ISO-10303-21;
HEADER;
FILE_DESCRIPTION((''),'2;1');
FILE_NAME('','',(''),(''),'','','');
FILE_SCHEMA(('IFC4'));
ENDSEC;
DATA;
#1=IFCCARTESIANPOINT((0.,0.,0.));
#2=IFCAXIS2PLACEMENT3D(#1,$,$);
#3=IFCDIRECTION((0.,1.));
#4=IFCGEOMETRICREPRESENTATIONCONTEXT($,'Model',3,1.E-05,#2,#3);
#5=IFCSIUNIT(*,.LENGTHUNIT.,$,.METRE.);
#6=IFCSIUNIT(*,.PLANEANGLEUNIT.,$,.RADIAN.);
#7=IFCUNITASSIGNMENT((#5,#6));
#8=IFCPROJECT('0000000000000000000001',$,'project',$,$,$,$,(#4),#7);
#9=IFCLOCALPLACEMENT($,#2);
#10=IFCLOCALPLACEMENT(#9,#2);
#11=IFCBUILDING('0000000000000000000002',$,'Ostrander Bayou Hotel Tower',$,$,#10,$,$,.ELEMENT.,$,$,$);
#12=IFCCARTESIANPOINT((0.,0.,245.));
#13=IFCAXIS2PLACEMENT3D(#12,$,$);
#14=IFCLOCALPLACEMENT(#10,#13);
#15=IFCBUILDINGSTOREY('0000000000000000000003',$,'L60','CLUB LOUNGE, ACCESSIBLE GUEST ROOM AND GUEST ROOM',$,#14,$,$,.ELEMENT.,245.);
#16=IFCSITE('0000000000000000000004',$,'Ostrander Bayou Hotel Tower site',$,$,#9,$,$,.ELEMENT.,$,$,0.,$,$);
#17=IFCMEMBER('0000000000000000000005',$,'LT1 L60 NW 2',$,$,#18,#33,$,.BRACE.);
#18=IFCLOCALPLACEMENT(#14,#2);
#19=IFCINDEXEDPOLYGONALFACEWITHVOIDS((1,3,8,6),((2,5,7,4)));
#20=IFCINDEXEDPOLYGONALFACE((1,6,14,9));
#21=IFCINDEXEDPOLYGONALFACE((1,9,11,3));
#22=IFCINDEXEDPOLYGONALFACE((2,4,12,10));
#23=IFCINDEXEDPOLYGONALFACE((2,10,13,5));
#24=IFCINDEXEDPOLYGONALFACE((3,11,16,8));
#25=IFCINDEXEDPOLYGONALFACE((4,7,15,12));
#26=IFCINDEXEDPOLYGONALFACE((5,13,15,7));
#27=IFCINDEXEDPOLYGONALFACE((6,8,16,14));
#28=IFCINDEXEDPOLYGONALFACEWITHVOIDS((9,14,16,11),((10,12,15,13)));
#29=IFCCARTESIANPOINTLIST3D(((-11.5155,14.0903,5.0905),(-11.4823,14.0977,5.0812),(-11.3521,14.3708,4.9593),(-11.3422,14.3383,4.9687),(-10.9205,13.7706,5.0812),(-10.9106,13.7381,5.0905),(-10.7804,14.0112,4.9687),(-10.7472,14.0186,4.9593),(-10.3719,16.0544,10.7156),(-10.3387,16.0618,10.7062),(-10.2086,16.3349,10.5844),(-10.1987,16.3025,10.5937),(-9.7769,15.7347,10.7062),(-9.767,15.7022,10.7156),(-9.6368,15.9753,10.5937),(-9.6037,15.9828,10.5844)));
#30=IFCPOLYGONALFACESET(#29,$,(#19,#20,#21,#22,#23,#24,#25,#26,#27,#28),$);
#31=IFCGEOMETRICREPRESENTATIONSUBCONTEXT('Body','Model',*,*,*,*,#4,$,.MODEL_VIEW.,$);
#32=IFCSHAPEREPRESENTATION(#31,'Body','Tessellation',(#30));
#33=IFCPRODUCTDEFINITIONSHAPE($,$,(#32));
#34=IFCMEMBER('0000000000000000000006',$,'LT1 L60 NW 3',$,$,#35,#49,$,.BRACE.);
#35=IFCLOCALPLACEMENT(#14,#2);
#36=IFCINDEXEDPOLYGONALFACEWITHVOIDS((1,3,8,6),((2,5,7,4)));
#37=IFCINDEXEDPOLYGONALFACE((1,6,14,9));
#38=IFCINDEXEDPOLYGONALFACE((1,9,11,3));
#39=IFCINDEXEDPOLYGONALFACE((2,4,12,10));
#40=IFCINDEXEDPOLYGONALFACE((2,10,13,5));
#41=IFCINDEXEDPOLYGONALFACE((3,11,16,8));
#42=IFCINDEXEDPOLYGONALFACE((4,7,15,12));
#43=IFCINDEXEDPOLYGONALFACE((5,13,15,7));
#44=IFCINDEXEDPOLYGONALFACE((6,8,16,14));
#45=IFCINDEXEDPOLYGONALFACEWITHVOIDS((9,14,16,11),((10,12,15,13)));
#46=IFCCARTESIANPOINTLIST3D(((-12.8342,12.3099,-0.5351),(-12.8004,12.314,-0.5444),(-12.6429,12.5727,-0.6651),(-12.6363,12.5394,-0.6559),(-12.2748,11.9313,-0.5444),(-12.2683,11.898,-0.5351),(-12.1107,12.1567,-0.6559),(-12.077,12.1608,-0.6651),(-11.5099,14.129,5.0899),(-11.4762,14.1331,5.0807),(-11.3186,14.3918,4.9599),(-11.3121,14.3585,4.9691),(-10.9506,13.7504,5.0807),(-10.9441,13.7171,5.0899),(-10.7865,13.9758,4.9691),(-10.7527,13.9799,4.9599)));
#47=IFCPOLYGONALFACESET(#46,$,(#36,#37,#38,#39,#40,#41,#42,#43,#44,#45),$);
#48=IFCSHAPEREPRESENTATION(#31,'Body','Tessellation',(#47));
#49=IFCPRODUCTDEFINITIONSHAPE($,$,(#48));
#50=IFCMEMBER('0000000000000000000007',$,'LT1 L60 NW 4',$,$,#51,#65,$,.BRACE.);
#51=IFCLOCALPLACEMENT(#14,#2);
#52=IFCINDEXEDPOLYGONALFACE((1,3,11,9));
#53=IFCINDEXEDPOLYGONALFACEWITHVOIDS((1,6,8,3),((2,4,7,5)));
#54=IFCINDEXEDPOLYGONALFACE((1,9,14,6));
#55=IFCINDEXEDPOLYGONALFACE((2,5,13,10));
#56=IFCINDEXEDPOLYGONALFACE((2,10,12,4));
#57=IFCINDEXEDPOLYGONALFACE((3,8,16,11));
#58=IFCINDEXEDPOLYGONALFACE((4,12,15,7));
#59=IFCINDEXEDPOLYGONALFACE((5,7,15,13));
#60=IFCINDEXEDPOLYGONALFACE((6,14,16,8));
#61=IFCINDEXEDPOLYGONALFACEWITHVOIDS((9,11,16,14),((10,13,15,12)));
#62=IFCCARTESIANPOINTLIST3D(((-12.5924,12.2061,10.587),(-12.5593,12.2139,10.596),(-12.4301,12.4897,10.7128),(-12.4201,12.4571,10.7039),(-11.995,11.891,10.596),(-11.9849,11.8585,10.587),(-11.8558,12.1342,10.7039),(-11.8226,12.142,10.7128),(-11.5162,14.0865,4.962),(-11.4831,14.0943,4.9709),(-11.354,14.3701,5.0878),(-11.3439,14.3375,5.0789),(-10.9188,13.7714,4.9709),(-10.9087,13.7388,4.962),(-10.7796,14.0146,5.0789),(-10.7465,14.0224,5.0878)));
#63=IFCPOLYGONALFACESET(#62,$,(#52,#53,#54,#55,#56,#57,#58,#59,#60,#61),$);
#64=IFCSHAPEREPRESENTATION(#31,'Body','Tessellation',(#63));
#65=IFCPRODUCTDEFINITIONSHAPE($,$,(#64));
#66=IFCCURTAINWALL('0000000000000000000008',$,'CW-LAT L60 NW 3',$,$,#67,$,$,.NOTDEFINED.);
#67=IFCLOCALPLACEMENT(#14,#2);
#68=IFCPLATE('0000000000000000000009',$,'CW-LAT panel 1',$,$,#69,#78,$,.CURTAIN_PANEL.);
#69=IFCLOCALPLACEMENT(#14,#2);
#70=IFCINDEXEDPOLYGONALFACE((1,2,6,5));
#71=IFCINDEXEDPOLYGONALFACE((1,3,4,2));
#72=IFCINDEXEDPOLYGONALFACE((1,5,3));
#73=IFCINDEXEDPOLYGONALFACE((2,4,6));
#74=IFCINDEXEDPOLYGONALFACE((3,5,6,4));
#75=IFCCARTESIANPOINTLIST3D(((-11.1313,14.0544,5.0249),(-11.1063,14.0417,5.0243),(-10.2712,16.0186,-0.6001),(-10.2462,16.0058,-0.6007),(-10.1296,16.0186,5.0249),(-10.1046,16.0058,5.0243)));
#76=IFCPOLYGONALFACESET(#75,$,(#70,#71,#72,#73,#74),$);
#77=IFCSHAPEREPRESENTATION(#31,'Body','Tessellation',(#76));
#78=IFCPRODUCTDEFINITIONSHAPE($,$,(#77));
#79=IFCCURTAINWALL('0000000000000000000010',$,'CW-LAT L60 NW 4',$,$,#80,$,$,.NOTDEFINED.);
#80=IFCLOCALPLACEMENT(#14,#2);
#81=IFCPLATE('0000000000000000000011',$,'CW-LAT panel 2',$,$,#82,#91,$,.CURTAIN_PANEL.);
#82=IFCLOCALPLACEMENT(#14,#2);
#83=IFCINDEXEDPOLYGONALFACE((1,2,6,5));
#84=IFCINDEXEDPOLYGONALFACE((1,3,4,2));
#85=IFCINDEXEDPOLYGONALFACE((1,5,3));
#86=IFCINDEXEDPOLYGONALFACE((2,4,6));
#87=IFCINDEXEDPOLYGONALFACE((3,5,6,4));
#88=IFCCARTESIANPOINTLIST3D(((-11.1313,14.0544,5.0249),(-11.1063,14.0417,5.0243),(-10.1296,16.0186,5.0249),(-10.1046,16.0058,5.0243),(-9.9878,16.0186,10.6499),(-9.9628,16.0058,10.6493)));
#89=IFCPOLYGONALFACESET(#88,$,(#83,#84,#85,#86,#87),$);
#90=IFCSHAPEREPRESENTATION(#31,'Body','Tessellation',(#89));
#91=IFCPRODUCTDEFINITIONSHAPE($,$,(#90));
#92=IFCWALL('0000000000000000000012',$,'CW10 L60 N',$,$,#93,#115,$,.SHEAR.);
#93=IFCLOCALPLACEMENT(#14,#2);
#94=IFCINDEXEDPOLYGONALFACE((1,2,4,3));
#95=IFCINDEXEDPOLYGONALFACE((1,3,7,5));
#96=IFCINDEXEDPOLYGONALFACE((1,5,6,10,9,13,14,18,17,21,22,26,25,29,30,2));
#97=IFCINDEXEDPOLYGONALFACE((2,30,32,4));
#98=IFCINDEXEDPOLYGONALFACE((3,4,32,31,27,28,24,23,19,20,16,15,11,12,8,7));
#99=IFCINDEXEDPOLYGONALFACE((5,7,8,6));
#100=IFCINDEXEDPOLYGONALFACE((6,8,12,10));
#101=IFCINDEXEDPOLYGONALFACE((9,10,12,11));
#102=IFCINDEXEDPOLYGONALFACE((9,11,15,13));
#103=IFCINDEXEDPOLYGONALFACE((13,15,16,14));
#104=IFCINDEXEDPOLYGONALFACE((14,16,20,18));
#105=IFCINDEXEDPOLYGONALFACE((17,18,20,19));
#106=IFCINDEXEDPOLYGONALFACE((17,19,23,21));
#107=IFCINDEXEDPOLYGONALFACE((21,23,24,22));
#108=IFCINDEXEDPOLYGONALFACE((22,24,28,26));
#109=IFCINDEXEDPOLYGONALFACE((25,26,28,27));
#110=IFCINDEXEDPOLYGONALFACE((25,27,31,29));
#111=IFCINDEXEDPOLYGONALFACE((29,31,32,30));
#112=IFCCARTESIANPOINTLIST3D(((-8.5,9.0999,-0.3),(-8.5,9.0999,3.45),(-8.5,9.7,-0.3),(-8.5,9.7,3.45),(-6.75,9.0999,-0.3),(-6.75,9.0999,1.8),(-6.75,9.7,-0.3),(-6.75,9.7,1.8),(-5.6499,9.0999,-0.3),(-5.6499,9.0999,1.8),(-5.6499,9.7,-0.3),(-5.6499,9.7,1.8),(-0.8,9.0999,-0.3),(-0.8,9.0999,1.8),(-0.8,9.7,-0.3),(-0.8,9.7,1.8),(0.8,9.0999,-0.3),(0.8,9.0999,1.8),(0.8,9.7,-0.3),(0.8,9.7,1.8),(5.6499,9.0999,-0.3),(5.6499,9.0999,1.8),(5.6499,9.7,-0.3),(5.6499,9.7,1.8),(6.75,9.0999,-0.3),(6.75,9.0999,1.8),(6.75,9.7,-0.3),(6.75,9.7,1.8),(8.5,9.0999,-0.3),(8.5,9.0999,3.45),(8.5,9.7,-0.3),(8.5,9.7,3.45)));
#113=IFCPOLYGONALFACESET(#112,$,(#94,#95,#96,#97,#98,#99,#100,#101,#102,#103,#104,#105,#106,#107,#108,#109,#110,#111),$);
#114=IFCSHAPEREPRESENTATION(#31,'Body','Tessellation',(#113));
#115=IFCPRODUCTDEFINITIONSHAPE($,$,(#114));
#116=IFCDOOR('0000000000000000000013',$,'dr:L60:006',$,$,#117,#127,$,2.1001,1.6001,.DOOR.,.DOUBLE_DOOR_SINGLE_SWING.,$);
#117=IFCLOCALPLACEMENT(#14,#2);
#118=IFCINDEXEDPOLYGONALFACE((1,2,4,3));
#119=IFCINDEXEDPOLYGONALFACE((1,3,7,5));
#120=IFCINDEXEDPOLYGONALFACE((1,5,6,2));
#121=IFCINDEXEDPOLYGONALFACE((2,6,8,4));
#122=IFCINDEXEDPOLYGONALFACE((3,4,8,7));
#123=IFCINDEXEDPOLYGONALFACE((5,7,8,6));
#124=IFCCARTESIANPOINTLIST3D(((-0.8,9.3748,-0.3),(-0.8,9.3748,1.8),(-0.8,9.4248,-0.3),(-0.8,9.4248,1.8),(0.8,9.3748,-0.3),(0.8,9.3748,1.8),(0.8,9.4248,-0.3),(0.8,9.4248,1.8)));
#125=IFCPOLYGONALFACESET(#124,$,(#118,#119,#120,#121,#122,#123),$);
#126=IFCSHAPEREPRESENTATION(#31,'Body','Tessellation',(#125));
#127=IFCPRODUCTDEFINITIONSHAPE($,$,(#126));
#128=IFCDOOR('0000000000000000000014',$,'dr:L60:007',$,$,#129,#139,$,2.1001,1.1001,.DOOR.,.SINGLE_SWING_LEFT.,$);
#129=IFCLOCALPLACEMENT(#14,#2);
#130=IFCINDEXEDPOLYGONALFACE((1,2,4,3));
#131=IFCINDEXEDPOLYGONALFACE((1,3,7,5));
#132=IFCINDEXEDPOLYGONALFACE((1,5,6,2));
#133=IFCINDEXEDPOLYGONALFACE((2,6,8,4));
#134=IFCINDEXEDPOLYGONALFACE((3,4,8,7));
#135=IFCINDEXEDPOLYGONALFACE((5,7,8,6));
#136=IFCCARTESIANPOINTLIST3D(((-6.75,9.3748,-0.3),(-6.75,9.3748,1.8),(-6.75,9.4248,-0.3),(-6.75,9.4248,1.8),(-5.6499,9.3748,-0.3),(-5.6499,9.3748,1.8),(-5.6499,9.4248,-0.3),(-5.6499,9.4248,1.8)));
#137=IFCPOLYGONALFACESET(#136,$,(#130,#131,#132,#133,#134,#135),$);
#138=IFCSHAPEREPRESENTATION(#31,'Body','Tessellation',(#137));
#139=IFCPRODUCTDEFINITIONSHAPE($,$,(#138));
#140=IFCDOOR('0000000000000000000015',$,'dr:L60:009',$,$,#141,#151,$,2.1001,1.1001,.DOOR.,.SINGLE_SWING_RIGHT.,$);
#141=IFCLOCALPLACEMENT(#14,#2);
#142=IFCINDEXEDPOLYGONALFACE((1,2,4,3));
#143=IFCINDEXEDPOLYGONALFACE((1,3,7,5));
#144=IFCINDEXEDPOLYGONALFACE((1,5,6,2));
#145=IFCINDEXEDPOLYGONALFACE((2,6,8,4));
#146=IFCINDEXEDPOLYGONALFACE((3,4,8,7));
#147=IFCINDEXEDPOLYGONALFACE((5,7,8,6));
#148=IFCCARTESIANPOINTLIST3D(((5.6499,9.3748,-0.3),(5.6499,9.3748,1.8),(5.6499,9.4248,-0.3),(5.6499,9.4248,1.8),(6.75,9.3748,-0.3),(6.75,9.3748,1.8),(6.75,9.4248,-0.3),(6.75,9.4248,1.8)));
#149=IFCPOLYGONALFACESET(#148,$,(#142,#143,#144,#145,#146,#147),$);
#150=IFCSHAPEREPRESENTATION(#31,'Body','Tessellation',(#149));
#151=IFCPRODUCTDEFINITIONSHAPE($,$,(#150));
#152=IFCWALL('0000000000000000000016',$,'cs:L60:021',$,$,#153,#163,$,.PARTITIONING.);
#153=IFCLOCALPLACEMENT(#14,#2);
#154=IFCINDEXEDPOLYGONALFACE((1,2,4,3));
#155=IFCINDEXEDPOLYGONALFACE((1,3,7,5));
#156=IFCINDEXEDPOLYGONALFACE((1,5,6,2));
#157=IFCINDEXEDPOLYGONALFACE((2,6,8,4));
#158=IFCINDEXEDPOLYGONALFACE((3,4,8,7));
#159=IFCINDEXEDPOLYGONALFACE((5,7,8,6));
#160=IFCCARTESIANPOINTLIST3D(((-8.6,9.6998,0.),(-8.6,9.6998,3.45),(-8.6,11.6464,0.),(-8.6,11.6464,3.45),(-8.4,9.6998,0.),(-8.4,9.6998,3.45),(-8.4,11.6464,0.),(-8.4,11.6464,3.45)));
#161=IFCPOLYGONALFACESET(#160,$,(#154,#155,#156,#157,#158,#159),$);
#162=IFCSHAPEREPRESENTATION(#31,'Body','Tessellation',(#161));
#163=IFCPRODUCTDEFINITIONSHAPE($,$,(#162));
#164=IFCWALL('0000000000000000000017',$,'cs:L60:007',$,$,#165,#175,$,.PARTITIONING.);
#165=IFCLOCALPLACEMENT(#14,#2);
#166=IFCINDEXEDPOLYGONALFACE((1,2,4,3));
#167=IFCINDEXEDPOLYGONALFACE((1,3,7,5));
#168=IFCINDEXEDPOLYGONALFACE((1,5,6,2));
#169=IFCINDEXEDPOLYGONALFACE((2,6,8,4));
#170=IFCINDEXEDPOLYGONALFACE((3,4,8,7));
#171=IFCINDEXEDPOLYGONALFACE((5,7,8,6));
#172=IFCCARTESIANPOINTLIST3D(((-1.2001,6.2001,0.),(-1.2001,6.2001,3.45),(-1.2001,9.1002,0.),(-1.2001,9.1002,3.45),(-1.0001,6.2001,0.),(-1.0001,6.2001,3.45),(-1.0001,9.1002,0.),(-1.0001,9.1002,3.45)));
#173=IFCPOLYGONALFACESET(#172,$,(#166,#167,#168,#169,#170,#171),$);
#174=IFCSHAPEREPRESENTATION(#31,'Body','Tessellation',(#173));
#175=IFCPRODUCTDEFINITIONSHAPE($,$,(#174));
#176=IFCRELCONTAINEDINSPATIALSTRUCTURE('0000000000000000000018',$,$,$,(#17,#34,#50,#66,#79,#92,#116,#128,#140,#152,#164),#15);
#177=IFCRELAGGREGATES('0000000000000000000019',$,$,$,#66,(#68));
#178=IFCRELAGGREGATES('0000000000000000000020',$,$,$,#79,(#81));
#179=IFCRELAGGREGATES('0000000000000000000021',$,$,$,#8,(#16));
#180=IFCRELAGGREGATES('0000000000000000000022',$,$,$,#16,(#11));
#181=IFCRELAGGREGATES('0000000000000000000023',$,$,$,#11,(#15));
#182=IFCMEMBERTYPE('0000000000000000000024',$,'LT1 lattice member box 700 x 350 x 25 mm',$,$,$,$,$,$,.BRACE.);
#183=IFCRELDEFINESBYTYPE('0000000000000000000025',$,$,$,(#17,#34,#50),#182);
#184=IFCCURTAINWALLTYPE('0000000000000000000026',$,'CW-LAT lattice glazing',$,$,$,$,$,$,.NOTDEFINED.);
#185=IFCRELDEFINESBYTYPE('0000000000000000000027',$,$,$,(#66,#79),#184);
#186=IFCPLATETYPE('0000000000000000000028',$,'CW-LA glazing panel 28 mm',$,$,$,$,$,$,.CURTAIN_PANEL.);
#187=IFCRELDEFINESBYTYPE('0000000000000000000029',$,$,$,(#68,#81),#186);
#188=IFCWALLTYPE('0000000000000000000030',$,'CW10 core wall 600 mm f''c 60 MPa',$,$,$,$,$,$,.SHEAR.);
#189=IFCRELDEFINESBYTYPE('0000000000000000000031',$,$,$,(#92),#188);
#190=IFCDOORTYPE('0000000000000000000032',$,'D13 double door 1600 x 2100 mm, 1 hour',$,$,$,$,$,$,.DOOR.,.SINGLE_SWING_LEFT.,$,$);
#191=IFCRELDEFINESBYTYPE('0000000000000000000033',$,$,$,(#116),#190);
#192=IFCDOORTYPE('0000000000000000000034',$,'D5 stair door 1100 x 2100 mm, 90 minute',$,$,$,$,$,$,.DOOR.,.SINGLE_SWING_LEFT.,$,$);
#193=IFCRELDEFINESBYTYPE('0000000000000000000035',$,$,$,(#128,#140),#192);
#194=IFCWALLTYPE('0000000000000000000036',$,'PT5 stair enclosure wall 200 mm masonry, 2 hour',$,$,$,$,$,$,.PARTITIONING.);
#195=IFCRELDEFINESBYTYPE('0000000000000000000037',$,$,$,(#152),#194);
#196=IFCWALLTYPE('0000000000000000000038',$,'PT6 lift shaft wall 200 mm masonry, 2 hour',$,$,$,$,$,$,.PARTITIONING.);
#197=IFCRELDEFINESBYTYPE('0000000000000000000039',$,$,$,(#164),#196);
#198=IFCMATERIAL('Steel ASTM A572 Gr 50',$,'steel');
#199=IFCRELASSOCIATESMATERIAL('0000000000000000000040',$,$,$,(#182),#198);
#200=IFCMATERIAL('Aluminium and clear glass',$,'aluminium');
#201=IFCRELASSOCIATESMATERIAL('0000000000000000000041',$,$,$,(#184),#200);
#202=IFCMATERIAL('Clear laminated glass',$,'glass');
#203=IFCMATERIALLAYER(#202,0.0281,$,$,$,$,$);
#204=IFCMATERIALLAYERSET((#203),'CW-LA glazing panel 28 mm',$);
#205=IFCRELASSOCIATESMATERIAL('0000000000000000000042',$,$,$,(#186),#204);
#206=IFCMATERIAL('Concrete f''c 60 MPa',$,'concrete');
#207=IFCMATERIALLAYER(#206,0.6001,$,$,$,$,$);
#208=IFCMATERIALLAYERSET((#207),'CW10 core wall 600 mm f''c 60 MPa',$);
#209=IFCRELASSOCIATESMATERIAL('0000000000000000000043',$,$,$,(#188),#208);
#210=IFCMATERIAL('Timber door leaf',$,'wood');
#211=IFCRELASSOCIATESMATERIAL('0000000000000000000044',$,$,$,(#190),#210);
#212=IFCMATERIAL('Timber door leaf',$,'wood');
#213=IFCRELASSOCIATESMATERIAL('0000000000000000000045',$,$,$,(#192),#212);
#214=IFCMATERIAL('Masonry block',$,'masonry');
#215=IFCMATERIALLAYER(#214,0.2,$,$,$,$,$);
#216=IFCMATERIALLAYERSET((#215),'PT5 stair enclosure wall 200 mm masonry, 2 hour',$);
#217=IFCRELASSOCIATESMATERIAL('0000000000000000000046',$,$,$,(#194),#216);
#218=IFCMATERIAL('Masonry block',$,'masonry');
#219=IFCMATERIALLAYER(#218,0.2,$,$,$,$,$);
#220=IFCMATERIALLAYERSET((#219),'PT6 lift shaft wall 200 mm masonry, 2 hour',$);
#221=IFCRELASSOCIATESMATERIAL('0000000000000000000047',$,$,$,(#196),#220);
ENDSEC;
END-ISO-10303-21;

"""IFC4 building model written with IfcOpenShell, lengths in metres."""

from ifc_helpers import new_model, si_unit, direction, frame, frame_2d, origin, origin_2d, place, context, subcontext, project, spatial, polyline, rectangle, hollow_rectangle, outline, extrude, material, layer, layer_set, material_profile, profile_set, type_object, element, fill, aggregate, save


model = new_model("IFC4")

# Units and contexts
model_context = context("Model", 3, precision=1e-05, world=origin(), true_north=direction((0.0, 1.0)))
body_context = subcontext(model_context, "Body", "Model", "MODEL_VIEW")
ifc_project = project(units=[si_unit("LENGTHUNIT", "METRE"), si_unit("PLANEANGLEUNIT", "RADIAN")], contexts=[model_context])

# Site, building, storey
site_placement = place(None, origin())
site = spatial("IfcSite", under=ifc_project, at=site_placement, Name="Ostrander Bayou Hotel Tower site", CompositionType="ELEMENT", RefElevation=0.0)
building_placement = place(site_placement, origin())
building = spatial("IfcBuilding", under=site, at=building_placement, Name="Ostrander Bayou Hotel Tower", CompositionType="ELEMENT")
storey_placement = place(building_placement, frame((0.0, 0.0, 245.0)))
storey = spatial("IfcBuildingStorey", under=building, at=storey_placement, Name="L60", Description="CLUB LOUNGE, ACCESSIBLE GUEST ROOM AND GUEST ROOM", CompositionType="ELEMENT", Elevation=245.0)

# Members
ifc_material_1 = material(Name="Steel ASTM A572 Gr 50", Category="steel")
ifc_material_profile = material_profile(ifc_material_1, hollow_rectangle(XDim=0.7, YDim=0.3501, WallThickness=0.0249, at=origin_2d()))
ifc_profile_set = profile_set([ifc_material_profile], Name="Steel ASTM A572 Gr 50")
member_type = type_object("IfcMemberType", Name="LT1 lattice member box 700 x 350 x 25 mm", PredefinedType="BRACE", material=ifc_profile_set)
member_1_placement = place(storey_placement, frame((-11.1313, 14.0544, 5.0249), z_axis=(0.188494, 0.323747, 0.927177), x_axis=(-0.864195, 0.503156, 0.0)))
element("IfcMember", 1, at=member_1_placement, inside=storey, type_object=member_type, Name="LT1 L60 NW 2", PredefinedType="BRACE", context=body_context, shape_type="SweptSolid", body=[
    extrude(hollow_rectangle(XDim=0.7, YDim=0.3501, WallThickness=0.0249, at=origin_2d()), origin(), (0.0, 0.0, 1.0), 6.0669),
])
member_2_placement = place(storey_placement, frame((-11.1313, 14.0544, 5.0249), z_axis=(-0.218578, -0.300263, -0.928475), x_axis=(0.808473, -0.588533, 0.0)))
element("IfcMember", 2, at=member_2_placement, inside=storey, type_object=member_type, Name="LT1 L60 NW 3", PredefinedType="BRACE", context=body_context, shape_type="SweptSolid", body=[
    extrude(hollow_rectangle(XDim=0.7, YDim=0.3501, WallThickness=0.0249, at=origin_2d()), origin(), (0.0, 0.0, 1.0), 6.0583),
])
member_3_placement = place(storey_placement, frame((-11.1313, 14.0544, 5.0249), z_axis=(-0.178534, -0.311949, 0.933174), x_axis=(0.86791, -0.496721, 0.0)))
element("IfcMember", 3, at=member_3_placement, inside=storey, type_object=member_type, Name="LT1 L60 NW 4", PredefinedType="BRACE", context=body_context, shape_type="SweptSolid", body=[
    extrude(hollow_rectangle(XDim=0.7, YDim=0.3501, WallThickness=0.0249, at=origin_2d()), origin(), (0.0, 0.0, 1.0), 6.0278),
])

# Curtain walls, plates
ifc_material_2 = material(Name="Aluminium and clear glass", Category="aluminium")
curtain_wall_type = type_object("IfcCurtainWallType", Name="CW-LAT lattice glazing", PredefinedType="NOTDEFINED", material=ifc_material_2)
curtain_wall_1_placement = place(storey_placement, origin())
curtain_wall_1 = element("IfcCurtainWall", 4, at=curtain_wall_1_placement, inside=storey, type_object=curtain_wall_type, Name="CW-LAT L60 NW 3", PredefinedType="NOTDEFINED")
ifc_material_3 = material(Name="Clear laminated glass", Category="glass")
ifc_layer_1 = layer(ifc_material_3, 0.0281)
ifc_layer_set_1 = layer_set([ifc_layer_1], Name="CW-LA glazing panel 28 mm")
plate_type = type_object("IfcPlateType", Name="CW-LA glazing panel 28 mm", PredefinedType="CURTAIN_PANEL", material=ifc_layer_set_1)
plate_1_placement = place(storey_placement, frame((-11.1313, 14.0544, 5.0249), z_axis=(-0.890609, 0.454216, 0.02242), x_axis=(0.142879, 0.326274, -0.934414)))
plate_1 = element("IfcPlate", 5, at=plate_1_placement, type_object=plate_type, Name="CW-LAT panel 1", PredefinedType="CURTAIN_PANEL", context=body_context, shape_type="SweptSolid", body=[
    extrude(outline(polyline([(0.0, 0.0), (6.0198, 0.0), (0.784, -2.0607), (0.0, 0.0)])), origin(), (0.0, 0.0, -1.0), 0.0281),
])
aggregate(curtain_wall_1, [plate_1])
curtain_wall_2_placement = place(storey_placement, origin())
curtain_wall_2 = element("IfcCurtainWall", 6, at=curtain_wall_2_placement, inside=storey, type_object=curtain_wall_type, Name="CW-LAT L60 NW 4", PredefinedType="NOTDEFINED")
plate_2_placement = place(storey_placement, frame((-11.1313, 14.0544, 5.0249), z_axis=(-0.890609, 0.454216, 0.022458), x_axis=(0.188494, 0.323747, 0.927177)))
plate_2 = element("IfcPlate", 7, at=plate_2_placement, type_object=plate_type, Name="CW-LAT panel 2", PredefinedType="CURTAIN_PANEL", context=body_context, shape_type="SweptSolid", body=[
    extrude(outline(polyline([(0.0, 0.0), (6.0668, 0.0), (0.8247, 2.0448), (0.0, 0.0)])), origin(), (0.0, 0.0, -1.0), 0.0281),
])
aggregate(curtain_wall_2, [plate_2])

# Wall, openings, doors
ifc_material_4 = material(Name="Concrete f'c 60 MPa", Category="concrete")
ifc_layer_2 = layer(ifc_material_4, 0.6001)
ifc_layer_set_2 = layer_set([ifc_layer_2], Name="CW10 core wall 600 mm f'c 60 MPa")
wall_type_1 = type_object("IfcWallType", Name="CW10 core wall 600 mm f'c 60 MPa", PredefinedType="SHEAR", material=ifc_layer_set_2)
wall_1_placement = place(storey_placement, frame((-8.5, 9.3999, -0.3), z_axis=(0.0, 0.0, 1.0), x_axis=(1.0, 0.0, 0.0)))
wall_1 = element("IfcWall", 8, at=wall_1_placement, inside=storey, type_object=wall_type_1, Name="CW10 L60 N", PredefinedType="SHEAR", context=body_context, shape_type="SweptSolid", body=[
    extrude(rectangle(XDim=17.0, YDim=0.6001, at=frame_2d((8.5, 0.0))), origin(), (0.0, 0.0, 1.0), 3.75),
])
opening_1_placement = place(wall_1_placement, frame((7.7, 0.0, 0.0)))
opening_1 = element("IfcOpeningElement", 9, at=opening_1_placement, cuts=wall_1, PredefinedType="OPENING", context=body_context, shape_type="SweptSolid", body=[
    extrude(rectangle(XDim=1.6001, YDim=2.1001, at=frame_2d((0.8, 1.05))), frame((0.0, 0.3, 0.0), z_axis=(0.0, -1.0, 0.0), x_axis=(1.0, 0.0, 0.0)), (0.0, 0.0, 1.0), 0.6001),
])
opening_2_placement = place(wall_1_placement, frame((1.75, 0.0, 0.0)))
opening_2 = element("IfcOpeningElement", 10, at=opening_2_placement, cuts=wall_1, PredefinedType="OPENING", context=body_context, shape_type="SweptSolid", body=[
    extrude(rectangle(XDim=1.1001, YDim=2.1001, at=frame_2d((0.55, 1.05))), frame((0.0, 0.3, 0.0), z_axis=(0.0, -1.0, 0.0), x_axis=(1.0, 0.0, 0.0)), (0.0, 0.0, 1.0), 0.6001),
])
opening_3_placement = place(wall_1_placement, frame((14.1499, 0.0, 0.0)))
opening_3 = element("IfcOpeningElement", 11, at=opening_3_placement, cuts=wall_1, PredefinedType="OPENING", context=body_context, shape_type="SweptSolid", body=[
    extrude(rectangle(XDim=1.1001, YDim=2.1001, at=frame_2d((0.55, 1.05))), frame((0.0, 0.3, 0.0), z_axis=(0.0, -1.0, 0.0), x_axis=(1.0, 0.0, 0.0)), (0.0, 0.0, 1.0), 0.6001),
])
ifc_material_5 = material(Name="Timber door leaf", Category="wood")
door_type_1 = type_object("IfcDoorType", Name="D13 double door 1600 x 2100 mm, 1 hour", OperationType="SINGLE_SWING_LEFT", PredefinedType="DOOR", material=ifc_material_5)
door_1_placement = place(opening_1_placement, origin())
door_1 = element("IfcDoor", 12, at=door_1_placement, inside=storey, type_object=door_type_1, Name="dr:L60:006", OperationType="DOUBLE_DOOR_SINGLE_SWING", OverallHeight=2.1001, OverallWidth=1.6001, PredefinedType="DOOR", context=body_context, shape_type="SweptSolid", body=[
    extrude(rectangle(XDim=1.6001, YDim=2.1001, at=frame_2d((0.8, 1.05))), frame((0.0, 0.0249, 0.0), z_axis=(0.0, -1.0, 0.0), x_axis=(1.0, 0.0, 0.0)), (0.0, 0.0, 1.0), 0.05),
])
fill(opening_1, door_1)
ifc_material_6 = material(Name="Timber door leaf", Category="wood")
door_type_2 = type_object("IfcDoorType", Name="D5 stair door 1100 x 2100 mm, 90 minute", OperationType="SINGLE_SWING_LEFT", PredefinedType="DOOR", material=ifc_material_6)
door_2_placement = place(opening_2_placement, origin())
door_2 = element("IfcDoor", 13, at=door_2_placement, inside=storey, type_object=door_type_2, Name="dr:L60:007", OperationType="SINGLE_SWING_LEFT", OverallHeight=2.1001, OverallWidth=1.1001, PredefinedType="DOOR", context=body_context, shape_type="SweptSolid", body=[
    extrude(rectangle(XDim=1.1001, YDim=2.1001, at=frame_2d((0.55, 1.05))), frame((0.0, 0.0249, 0.0), z_axis=(0.0, -1.0, 0.0), x_axis=(1.0, 0.0, 0.0)), (0.0, 0.0, 1.0), 0.05),
])
fill(opening_2, door_2)
door_3_placement = place(opening_3_placement, origin())
door_3 = element("IfcDoor", 14, at=door_3_placement, inside=storey, type_object=door_type_2, Name="dr:L60:009", OperationType="SINGLE_SWING_RIGHT", OverallHeight=2.1001, OverallWidth=1.1001, PredefinedType="DOOR", context=body_context, shape_type="SweptSolid", body=[
    extrude(rectangle(XDim=1.1001, YDim=2.1001, at=frame_2d((0.55, 1.05))), frame((0.0, 0.0249, 0.0), z_axis=(0.0, -1.0, 0.0), x_axis=(1.0, 0.0, 0.0)), (0.0, 0.0, 1.0), 0.05),
])
fill(opening_3, door_3)

# Shared definitions
ifc_material_7 = material(Name="Masonry block", Category="masonry")
ifc_layer_3 = layer(ifc_material_7, 0.2)
ifc_layer_set_3 = layer_set([ifc_layer_3], Name="PT5 stair enclosure wall 200 mm masonry, 2 hour")
wall_type_2 = type_object("IfcWallType", Name="PT5 stair enclosure wall 200 mm masonry, 2 hour", PredefinedType="PARTITIONING", material=ifc_layer_set_3)

# Wall
wall_2_placement = place(storey_placement, frame((-8.5, 9.7, 0.0), z_axis=(0.0, 0.0, 1.0), x_axis=(0.0, 1.0, 0.0)))
element("IfcWall", 15, at=wall_2_placement, inside=storey, type_object=wall_type_2, Name="cs:L60:021", PredefinedType="PARTITIONING", context=body_context, shape_type="SweptSolid", body=[
    extrude(rectangle(XDim=1.9465, YDim=0.2, at=frame_2d((0.9731, 0.0))), origin(), (0.0, 0.0, 1.0), 3.45),
])

# Shared definitions
ifc_material_8 = material(Name="Masonry block", Category="masonry")
ifc_layer_4 = layer(ifc_material_8, 0.2)
ifc_layer_set_4 = layer_set([ifc_layer_4], Name="PT6 lift shaft wall 200 mm masonry, 2 hour")
wall_type_3 = type_object("IfcWallType", Name="PT6 lift shaft wall 200 mm masonry, 2 hour", PredefinedType="PARTITIONING", material=ifc_layer_set_4)

# Wall
wall_3_placement = place(storey_placement, frame((-1.1001, 6.2, 0.0), z_axis=(0.0, 0.0, 1.0), x_axis=(0.0, 1.0, 0.0)))
element("IfcWall", 16, at=wall_3_placement, inside=storey, type_object=wall_type_3, Name="cs:L60:007", PredefinedType="PARTITIONING", context=body_context, shape_type="SweptSolid", body=[
    extrude(rectangle(XDim=2.9001, YDim=0.2, at=frame_2d((1.4502, 0.0))), origin(), (0.0, 0.0, 1.0), 3.45),
])

save(model, "model.ifc")
